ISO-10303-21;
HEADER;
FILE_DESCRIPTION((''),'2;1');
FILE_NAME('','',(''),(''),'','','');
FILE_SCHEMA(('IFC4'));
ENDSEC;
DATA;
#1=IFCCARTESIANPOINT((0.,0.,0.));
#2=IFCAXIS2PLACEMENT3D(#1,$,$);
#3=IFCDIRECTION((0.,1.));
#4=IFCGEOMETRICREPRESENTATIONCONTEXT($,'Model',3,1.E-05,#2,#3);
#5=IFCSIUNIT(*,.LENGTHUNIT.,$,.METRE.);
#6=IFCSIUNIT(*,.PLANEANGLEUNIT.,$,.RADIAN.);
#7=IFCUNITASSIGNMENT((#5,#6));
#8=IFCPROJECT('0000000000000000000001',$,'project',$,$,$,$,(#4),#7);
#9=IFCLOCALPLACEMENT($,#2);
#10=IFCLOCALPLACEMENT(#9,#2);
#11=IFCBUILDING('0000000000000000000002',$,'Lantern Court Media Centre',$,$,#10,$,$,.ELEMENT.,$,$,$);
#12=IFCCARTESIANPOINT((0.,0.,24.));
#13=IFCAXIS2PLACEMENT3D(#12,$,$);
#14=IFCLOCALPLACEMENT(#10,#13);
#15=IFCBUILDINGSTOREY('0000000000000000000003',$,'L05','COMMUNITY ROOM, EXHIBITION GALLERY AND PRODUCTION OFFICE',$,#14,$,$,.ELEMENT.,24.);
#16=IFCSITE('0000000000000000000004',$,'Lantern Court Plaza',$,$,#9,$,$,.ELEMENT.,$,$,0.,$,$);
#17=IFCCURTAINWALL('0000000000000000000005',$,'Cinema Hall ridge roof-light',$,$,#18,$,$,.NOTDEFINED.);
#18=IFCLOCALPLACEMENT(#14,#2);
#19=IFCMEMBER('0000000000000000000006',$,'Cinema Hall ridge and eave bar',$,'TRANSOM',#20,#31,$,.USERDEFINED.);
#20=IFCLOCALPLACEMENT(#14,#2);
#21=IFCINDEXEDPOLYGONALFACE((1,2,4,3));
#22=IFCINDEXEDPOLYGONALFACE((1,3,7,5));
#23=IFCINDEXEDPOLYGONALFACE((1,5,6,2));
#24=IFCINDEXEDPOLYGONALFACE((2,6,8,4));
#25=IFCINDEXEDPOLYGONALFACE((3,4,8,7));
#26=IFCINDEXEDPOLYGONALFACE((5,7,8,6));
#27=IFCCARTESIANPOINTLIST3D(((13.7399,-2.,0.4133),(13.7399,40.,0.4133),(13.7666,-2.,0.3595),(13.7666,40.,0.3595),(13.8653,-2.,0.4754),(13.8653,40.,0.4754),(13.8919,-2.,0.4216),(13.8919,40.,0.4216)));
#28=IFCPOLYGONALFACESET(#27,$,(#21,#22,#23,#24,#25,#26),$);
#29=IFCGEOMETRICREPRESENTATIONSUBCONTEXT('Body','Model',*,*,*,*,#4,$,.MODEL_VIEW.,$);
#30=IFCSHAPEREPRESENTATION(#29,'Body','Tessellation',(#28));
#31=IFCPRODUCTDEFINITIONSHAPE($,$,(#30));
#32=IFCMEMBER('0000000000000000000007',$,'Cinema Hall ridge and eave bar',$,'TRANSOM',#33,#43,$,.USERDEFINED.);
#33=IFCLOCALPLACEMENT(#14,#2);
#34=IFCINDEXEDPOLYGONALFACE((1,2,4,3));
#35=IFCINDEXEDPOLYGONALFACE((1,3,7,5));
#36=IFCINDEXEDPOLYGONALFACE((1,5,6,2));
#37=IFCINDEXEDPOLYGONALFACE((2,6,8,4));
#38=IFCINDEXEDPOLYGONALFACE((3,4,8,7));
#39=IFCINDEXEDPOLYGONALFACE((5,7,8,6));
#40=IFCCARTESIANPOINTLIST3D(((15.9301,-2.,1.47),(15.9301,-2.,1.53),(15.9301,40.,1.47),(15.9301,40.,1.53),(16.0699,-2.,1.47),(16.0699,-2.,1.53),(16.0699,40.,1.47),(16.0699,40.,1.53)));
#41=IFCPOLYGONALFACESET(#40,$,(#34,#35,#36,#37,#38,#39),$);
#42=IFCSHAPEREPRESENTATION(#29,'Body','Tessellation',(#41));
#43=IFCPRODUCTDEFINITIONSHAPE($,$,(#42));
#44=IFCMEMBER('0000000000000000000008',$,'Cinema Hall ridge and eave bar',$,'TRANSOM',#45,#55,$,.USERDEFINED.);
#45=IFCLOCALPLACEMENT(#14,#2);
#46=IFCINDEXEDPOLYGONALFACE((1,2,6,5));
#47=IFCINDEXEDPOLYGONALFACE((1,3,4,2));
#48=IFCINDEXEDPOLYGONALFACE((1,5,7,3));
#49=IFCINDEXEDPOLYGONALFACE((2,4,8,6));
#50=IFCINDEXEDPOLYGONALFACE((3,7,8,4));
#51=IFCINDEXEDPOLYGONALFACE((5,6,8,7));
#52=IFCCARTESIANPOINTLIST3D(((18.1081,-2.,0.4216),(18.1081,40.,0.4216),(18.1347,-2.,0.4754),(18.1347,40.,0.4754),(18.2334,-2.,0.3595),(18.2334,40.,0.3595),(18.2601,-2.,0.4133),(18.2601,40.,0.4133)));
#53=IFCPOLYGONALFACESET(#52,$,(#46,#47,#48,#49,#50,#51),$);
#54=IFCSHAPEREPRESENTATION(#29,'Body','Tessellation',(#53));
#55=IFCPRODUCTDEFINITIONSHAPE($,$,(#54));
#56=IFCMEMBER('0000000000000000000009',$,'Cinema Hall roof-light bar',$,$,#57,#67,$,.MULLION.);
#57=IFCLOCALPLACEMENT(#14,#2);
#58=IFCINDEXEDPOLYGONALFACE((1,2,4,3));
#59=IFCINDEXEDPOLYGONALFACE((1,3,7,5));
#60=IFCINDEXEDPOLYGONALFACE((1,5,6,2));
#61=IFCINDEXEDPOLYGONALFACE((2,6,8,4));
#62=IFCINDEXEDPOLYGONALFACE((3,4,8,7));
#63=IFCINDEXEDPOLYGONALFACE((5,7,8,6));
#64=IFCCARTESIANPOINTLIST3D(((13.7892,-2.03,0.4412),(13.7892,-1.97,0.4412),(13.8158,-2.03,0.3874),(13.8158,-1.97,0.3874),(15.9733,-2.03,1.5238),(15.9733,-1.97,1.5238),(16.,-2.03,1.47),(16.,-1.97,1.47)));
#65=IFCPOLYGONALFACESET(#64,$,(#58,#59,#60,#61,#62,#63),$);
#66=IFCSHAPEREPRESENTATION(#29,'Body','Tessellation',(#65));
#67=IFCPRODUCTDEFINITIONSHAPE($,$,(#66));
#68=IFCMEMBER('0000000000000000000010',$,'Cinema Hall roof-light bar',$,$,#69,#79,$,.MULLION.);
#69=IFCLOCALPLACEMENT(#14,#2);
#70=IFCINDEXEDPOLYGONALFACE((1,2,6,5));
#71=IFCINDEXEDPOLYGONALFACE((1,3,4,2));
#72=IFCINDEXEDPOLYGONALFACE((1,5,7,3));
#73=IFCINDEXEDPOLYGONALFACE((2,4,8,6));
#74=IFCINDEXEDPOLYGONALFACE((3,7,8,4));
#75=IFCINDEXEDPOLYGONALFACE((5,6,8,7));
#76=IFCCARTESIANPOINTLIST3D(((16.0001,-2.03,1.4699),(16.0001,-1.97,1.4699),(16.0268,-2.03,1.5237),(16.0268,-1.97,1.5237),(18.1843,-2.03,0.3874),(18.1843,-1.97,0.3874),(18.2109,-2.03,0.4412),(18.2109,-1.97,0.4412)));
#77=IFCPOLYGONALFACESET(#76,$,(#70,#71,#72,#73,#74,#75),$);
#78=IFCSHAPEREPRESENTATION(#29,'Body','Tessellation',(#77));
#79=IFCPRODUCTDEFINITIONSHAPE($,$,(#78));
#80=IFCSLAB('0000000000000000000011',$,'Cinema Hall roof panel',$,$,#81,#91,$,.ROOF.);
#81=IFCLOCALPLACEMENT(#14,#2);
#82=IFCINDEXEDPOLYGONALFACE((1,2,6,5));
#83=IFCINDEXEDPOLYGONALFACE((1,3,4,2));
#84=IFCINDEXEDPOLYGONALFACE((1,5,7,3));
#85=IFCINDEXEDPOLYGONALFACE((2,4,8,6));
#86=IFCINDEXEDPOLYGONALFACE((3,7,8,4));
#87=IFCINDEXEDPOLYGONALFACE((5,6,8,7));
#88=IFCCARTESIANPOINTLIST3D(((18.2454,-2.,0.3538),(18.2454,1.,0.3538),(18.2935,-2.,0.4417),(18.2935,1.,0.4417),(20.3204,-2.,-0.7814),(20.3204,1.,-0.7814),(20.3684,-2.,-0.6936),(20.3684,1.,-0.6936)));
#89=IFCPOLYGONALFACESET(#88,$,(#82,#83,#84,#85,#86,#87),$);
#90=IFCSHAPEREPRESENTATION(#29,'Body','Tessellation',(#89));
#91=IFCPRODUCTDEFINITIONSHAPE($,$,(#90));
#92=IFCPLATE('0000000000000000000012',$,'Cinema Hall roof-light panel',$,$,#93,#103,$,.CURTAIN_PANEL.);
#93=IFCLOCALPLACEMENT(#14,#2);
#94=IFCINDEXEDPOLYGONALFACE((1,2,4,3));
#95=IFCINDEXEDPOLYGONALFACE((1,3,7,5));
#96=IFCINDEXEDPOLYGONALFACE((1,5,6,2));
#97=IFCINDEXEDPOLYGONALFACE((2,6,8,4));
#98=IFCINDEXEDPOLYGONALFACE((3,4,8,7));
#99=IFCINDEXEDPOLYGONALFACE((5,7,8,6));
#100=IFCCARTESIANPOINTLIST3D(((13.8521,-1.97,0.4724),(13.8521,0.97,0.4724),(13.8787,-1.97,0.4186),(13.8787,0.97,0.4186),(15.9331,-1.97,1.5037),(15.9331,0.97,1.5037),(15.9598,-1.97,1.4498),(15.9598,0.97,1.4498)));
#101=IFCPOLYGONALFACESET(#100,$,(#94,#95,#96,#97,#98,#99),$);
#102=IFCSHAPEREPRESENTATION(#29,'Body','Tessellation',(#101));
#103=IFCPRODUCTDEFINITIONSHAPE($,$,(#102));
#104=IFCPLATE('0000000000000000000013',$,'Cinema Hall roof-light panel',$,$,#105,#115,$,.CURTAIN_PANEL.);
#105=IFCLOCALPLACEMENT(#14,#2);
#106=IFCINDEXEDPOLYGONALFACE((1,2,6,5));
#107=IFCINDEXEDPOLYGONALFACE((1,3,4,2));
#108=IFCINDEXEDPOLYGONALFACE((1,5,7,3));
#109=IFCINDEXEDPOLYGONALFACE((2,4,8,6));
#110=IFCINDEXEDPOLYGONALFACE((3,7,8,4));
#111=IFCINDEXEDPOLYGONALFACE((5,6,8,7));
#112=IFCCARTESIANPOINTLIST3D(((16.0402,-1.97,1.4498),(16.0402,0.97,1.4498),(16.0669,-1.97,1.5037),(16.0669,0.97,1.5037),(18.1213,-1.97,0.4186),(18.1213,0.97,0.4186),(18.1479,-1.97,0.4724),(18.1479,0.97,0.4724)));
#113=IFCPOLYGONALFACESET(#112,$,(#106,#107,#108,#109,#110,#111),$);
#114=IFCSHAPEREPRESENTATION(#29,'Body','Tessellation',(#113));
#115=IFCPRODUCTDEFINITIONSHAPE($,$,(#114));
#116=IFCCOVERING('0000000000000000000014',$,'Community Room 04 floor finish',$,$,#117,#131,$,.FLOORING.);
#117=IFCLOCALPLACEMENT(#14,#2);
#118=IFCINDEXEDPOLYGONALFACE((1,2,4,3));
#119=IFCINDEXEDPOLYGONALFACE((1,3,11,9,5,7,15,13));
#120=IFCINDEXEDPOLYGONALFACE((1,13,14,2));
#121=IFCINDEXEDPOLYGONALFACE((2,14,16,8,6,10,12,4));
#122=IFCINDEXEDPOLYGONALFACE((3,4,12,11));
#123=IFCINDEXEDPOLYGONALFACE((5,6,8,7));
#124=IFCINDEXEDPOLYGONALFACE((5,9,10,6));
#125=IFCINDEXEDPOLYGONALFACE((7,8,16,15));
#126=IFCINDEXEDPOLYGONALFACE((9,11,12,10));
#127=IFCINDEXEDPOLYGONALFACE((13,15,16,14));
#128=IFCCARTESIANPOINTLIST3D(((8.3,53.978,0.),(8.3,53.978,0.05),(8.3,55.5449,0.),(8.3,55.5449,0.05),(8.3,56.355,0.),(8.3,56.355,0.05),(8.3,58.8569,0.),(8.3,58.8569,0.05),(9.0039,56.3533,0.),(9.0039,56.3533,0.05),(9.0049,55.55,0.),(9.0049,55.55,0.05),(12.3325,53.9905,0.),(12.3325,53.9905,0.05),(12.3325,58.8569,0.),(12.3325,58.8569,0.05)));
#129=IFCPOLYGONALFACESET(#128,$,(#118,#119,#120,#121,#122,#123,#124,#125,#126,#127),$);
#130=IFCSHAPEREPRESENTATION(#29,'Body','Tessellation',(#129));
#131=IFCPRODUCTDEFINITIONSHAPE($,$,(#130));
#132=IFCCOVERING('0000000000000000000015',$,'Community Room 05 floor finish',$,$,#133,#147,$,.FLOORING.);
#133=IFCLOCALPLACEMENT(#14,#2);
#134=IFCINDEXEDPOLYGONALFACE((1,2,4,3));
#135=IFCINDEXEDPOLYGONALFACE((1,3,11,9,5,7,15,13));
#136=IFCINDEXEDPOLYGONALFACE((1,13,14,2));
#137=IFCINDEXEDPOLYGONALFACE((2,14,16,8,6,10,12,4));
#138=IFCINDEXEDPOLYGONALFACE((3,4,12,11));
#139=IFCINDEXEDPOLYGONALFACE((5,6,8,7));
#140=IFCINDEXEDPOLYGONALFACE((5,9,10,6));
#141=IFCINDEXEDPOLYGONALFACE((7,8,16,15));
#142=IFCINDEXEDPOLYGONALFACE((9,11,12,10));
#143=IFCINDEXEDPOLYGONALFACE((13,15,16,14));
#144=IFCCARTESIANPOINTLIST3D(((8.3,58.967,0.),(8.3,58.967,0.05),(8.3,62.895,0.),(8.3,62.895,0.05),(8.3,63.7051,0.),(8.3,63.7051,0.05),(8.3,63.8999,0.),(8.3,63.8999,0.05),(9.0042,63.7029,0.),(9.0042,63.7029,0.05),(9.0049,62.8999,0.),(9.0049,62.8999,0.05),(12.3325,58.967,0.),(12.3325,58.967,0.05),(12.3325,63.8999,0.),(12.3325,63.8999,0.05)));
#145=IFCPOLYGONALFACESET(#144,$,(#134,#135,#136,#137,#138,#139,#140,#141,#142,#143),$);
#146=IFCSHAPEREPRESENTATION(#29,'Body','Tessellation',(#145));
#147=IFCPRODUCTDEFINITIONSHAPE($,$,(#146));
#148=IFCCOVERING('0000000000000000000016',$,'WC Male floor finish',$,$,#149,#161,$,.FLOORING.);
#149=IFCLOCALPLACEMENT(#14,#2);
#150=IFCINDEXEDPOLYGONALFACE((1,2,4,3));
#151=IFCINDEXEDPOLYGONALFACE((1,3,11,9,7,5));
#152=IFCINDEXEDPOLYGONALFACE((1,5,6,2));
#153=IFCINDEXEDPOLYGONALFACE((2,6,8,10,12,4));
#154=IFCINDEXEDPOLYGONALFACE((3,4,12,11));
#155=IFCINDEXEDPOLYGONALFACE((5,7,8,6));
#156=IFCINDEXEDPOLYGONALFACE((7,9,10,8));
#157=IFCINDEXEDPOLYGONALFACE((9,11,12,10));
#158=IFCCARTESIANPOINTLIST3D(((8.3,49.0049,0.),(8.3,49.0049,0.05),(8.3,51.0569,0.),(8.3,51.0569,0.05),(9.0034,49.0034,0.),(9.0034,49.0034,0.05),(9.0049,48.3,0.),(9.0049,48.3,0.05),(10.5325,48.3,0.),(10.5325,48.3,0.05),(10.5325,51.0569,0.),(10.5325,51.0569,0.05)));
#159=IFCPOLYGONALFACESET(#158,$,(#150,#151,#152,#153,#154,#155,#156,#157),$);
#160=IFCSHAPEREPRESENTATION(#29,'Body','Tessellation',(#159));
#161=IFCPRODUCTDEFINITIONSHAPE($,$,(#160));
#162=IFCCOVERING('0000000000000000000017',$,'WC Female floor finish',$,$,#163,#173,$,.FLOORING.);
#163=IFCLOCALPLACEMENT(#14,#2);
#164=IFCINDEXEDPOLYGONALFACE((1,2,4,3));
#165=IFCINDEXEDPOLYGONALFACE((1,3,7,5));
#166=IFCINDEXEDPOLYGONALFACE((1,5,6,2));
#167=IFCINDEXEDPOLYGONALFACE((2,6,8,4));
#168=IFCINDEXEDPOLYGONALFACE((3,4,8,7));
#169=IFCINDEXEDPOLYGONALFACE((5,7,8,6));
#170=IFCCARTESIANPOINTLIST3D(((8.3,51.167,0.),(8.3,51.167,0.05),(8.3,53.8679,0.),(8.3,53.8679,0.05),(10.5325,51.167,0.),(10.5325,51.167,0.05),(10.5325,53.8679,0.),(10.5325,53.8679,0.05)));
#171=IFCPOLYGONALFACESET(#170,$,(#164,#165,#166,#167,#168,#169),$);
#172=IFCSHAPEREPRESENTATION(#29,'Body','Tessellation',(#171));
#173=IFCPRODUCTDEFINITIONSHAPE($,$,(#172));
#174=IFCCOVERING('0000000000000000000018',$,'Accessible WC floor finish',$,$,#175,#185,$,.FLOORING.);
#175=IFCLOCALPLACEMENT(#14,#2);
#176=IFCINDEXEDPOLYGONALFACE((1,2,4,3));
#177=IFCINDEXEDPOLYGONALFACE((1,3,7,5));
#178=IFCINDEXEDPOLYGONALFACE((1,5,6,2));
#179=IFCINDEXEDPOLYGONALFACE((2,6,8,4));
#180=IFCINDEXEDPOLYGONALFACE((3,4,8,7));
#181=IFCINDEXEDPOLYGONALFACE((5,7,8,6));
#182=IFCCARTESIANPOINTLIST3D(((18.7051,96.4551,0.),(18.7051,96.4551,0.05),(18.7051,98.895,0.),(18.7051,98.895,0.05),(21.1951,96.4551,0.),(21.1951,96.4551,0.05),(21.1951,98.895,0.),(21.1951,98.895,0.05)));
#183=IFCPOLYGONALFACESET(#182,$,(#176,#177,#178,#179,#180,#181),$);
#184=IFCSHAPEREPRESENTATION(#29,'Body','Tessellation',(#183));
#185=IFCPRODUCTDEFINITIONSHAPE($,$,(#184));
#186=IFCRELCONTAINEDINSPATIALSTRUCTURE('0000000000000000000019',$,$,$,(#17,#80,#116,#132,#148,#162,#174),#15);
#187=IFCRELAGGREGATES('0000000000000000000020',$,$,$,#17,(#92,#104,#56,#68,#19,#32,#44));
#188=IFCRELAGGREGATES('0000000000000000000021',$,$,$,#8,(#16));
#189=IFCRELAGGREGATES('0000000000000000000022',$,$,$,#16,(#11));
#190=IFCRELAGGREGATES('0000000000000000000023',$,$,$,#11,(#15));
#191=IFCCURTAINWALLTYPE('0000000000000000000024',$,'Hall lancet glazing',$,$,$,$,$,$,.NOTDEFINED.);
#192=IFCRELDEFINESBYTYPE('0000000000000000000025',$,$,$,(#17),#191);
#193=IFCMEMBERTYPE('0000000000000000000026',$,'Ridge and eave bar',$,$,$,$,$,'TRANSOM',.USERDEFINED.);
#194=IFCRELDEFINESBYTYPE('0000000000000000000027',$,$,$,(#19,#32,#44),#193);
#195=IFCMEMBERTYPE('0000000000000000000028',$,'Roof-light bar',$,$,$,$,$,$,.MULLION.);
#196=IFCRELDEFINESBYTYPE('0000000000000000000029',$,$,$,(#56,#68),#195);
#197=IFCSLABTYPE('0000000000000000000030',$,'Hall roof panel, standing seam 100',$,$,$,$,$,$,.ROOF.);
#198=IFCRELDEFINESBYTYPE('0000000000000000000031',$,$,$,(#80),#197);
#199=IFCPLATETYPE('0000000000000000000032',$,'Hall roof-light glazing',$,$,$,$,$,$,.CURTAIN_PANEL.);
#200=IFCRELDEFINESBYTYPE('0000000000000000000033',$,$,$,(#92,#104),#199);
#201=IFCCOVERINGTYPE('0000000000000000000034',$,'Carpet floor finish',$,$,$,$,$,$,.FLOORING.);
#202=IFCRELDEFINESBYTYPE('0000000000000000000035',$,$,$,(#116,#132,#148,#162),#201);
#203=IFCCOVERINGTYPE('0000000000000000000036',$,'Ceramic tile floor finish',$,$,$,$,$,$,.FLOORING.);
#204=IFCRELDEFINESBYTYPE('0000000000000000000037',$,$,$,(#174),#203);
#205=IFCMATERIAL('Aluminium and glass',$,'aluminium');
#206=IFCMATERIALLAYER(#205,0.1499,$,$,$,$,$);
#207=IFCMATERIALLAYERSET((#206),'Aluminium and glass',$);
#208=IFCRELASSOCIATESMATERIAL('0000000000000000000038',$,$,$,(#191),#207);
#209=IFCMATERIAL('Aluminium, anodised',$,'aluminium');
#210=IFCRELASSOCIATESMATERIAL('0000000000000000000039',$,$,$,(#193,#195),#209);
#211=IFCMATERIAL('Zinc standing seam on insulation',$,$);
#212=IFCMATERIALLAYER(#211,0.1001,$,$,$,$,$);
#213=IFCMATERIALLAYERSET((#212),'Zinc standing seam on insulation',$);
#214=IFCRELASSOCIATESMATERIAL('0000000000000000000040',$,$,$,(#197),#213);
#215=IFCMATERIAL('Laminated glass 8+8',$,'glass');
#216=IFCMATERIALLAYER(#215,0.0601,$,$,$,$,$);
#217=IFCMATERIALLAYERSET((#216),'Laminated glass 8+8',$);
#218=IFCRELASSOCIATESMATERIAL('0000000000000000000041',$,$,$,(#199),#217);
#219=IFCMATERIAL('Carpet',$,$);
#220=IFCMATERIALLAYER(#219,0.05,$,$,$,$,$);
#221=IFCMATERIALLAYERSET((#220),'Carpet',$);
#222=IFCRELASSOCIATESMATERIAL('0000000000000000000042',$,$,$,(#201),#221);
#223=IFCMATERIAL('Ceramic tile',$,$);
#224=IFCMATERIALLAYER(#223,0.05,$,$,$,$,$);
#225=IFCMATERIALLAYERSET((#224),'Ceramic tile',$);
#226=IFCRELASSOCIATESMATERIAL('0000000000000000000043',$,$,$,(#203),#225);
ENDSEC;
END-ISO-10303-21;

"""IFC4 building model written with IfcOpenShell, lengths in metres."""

from ifc_helpers import new_model, si_unit, direction, frame, origin, origin_2d, place, context, subcontext, project, spatial, polyline, rectangle, outline, extrude, material, layer, layer_set, material_profile, profile_set, type_object, element, aggregate, save


model = new_model("IFC4")

# Units and contexts
model_context = context("Model", 3, precision=1e-05, world=origin(), true_north=direction((0.0, 1.0)))
body_context = subcontext(model_context, "Body", "Model", "MODEL_VIEW")
ifc_project = project(units=[si_unit("LENGTHUNIT", "METRE"), si_unit("PLANEANGLEUNIT", "RADIAN")], contexts=[model_context])

# Site, building, storey
site_placement = place(None, origin())
site = spatial("IfcSite", under=ifc_project, at=site_placement, Name="Lantern Court Plaza", CompositionType="ELEMENT", RefElevation=0.0)
building_placement = place(site_placement, origin())
building = spatial("IfcBuilding", under=site, at=building_placement, Name="Lantern Court Media Centre", CompositionType="ELEMENT")
storey_placement = place(building_placement, frame((0.0, 0.0, 24.0)))
storey = spatial("IfcBuildingStorey", under=building, at=storey_placement, Name="L05", Description="COMMUNITY ROOM, EXHIBITION GALLERY AND PRODUCTION OFFICE", CompositionType="ELEMENT", Elevation=24.0)

# Curtain wall, members
ifc_material_1 = material(Name="Aluminium and glass", Category="aluminium")
ifc_layer_1 = layer(ifc_material_1, 0.1499)
ifc_layer_set_1 = layer_set([ifc_layer_1], Name="Aluminium and glass")
curtain_wall_type = type_object("IfcCurtainWallType", Name="Hall lancet glazing", PredefinedType="NOTDEFINED", material=ifc_layer_set_1)
curtain_wall_placement = place(storey_placement, origin())
curtain_wall = element("IfcCurtainWall", 1, at=curtain_wall_placement, inside=storey, type_object=curtain_wall_type, Name="Cinema Hall ridge roof-light", PredefinedType="NOTDEFINED")
ifc_material_2 = material(Name="Aluminium, anodised", Category="aluminium")
ifc_material_profile_1 = material_profile(ifc_material_2, rectangle(XDim=0.1399, YDim=0.0601, at=origin_2d()), Name="Ridge and eave bar")
ifc_profile_set_1 = profile_set([ifc_material_profile_1], Name="Aluminium, anodised")
member_type_1 = type_object("IfcMemberType", Name="Ridge and eave bar", ElementType="TRANSOM", PredefinedType="USERDEFINED", material=ifc_profile_set_1)
member_1_placement = place(storey_placement, frame((13.8159, -2.0, 0.4175), z_axis=(0.0, 1.0, 0.0), x_axis=(-0.896012, 0.0, -0.444029)))
member_1 = element("IfcMember", 2, at=member_1_placement, type_object=member_type_1, Name="Cinema Hall ridge and eave bar", ObjectType="TRANSOM", PredefinedType="USERDEFINED", context=body_context, shape_type="SweptSolid", body=[
    extrude(rectangle(XDim=0.1399, YDim=0.0601, at=origin_2d()), origin(), (0.0, 0.0, 1.0), 42.0),
])
member_2_placement = place(storey_placement, frame((16.0, -2.0, 1.5), z_axis=(0.0, 1.0, 0.0), x_axis=(-1.0, 0.0, 0.0)))
member_2 = element("IfcMember", 3, at=member_2_placement, type_object=member_type_1, Name="Cinema Hall ridge and eave bar", ObjectType="TRANSOM", PredefinedType="USERDEFINED", context=body_context, shape_type="SweptSolid", body=[
    extrude(rectangle(XDim=0.1399, YDim=0.0601, at=origin_2d()), origin(), (0.0, 0.0, 1.0), 42.0),
])
member_3_placement = place(storey_placement, frame((18.1841, -2.0, 0.4175), z_axis=(0.0, 1.0, 0.0), x_axis=(-0.896012, 0.0, 0.444029)))
member_3 = element("IfcMember", 4, at=member_3_placement, type_object=member_type_1, Name="Cinema Hall ridge and eave bar", ObjectType="TRANSOM", PredefinedType="USERDEFINED", context=body_context, shape_type="SweptSolid", body=[
    extrude(rectangle(XDim=0.1399, YDim=0.0601, at=origin_2d()), origin(), (0.0, 0.0, 1.0), 42.0),
])
ifc_material_profile_2 = material_profile(ifc_material_2, rectangle(XDim=0.0601, YDim=0.0601, at=origin_2d()), Name="Roof-light bar")
ifc_profile_set_2 = profile_set([ifc_material_profile_2], Name="Aluminium, anodised")
member_type_2 = type_object("IfcMemberType", Name="Roof-light bar", PredefinedType="MULLION", material=ifc_profile_set_2)
member_4_placement = place(storey_placement, frame((13.8025, -2.0, 0.4143), z_axis=(0.895984, 0.0, 0.444086), x_axis=(0.0, 1.0, 0.0)))
member_4 = element("IfcMember", 5, at=member_4_placement, type_object=member_type_2, Name="Cinema Hall roof-light bar", PredefinedType="MULLION", context=body_context, shape_type="SweptSolid", body=[
    extrude(rectangle(XDim=0.0601, YDim=0.0601, at=origin_2d()), origin(), (0.0, 0.0, 1.0), 2.4377),
])
member_5_placement = place(storey_placement, frame((16.0134, -2.0, 1.4968), z_axis=(0.895984, 0.0, -0.444086), x_axis=(0.0, 1.0, 0.0)))
member_5 = element("IfcMember", 6, at=member_5_placement, type_object=member_type_2, Name="Cinema Hall roof-light bar", PredefinedType="MULLION", context=body_context, shape_type="SweptSolid", body=[
    extrude(rectangle(XDim=0.0601, YDim=0.0601, at=origin_2d()), origin(), (0.0, 0.0, 1.0), 2.4377),
])

# Slab
ifc_material_3 = material(Name="Zinc standing seam on insulation")
ifc_layer_2 = layer(ifc_material_3, 0.1001)
ifc_layer_set_2 = layer_set([ifc_layer_2], Name="Zinc standing seam on insulation")
slab_type = type_object("IfcSlabType", Name="Hall roof panel, standing seam 100", PredefinedType="ROOF", material=ifc_layer_set_2)
slab_placement = place(storey_placement, frame((18.2935, -2.0, 0.4417), z_axis=(0.47998, 0.0, 0.877279), x_axis=(0.877279, 0.0, -0.47998)))
element("IfcSlab", 7, at=slab_placement, inside=storey, type_object=slab_type, Name="Cinema Hall roof panel", PredefinedType="ROOF", context=body_context, shape_type="SweptSolid", body=[
    extrude(outline(polyline([(0.0, 0.0), (2.3652, 0.0), (2.3652, 3.0), (0.0, 3.0), (0.0, 0.0)])), origin(), (0.0, 0.0, -1.0), 0.1001),
])

# Plates
ifc_material_4 = material(Name="Laminated glass 8+8", Category="glass")
ifc_layer_3 = layer(ifc_material_4, 0.0601)
ifc_layer_set_3 = layer_set([ifc_layer_3], Name="Laminated glass 8+8")
plate_type = type_object("IfcPlateType", Name="Hall roof-light glazing", PredefinedType="CURTAIN_PANEL", material=ifc_layer_set_3)
plate_1_placement = place(storey_placement, frame((13.8521, -1.97, 0.4724), z_axis=(-0.444015, 0.0, 0.896019), x_axis=(0.896019, 0.0, 0.444015)))
plate_1 = element("IfcPlate", 8, at=plate_1_placement, type_object=plate_type, Name="Cinema Hall roof-light panel", PredefinedType="CURTAIN_PANEL", context=body_context, shape_type="SweptSolid", body=[
    extrude(outline(polyline([(0.0, 0.0), (2.3226, 0.0), (2.3226, 2.9399), (0.0, 2.9399), (0.0, 0.0)])), origin(), (0.0, 0.0, -1.0), 0.0601),
])
plate_2_placement = place(storey_placement, frame((16.0669, -1.97, 1.5037), z_axis=(0.444015, 0.0, 0.896019), x_axis=(0.896019, 0.0, -0.444015)))
plate_2 = element("IfcPlate", 9, at=plate_2_placement, type_object=plate_type, Name="Cinema Hall roof-light panel", PredefinedType="CURTAIN_PANEL", context=body_context, shape_type="SweptSolid", body=[
    extrude(outline(polyline([(0.0, 0.0), (2.3226, 0.0), (2.3226, 2.9399), (0.0, 2.9399), (0.0, 0.0)])), origin(), (0.0, 0.0, -1.0), 0.0601),
])
aggregate(curtain_wall, [plate_1, plate_2, member_4, member_5, member_1, member_2, member_3])

# Coverings
ifc_material_5 = material(Name="Carpet")
ifc_layer_4 = layer(ifc_material_5, 0.05)
ifc_layer_set_4 = layer_set([ifc_layer_4], Name="Carpet")
covering_type_1 = type_object("IfcCoveringType", Name="Carpet floor finish", PredefinedType="FLOORING", material=ifc_layer_set_4)
covering_1_placement = place(storey_placement, origin())
element("IfcCovering", 10, at=covering_1_placement, inside=storey, type_object=covering_type_1, Name="Community Room 04 floor finish", PredefinedType="FLOORING", context=body_context, shape_type="SweptSolid", body=[
    extrude(outline(polyline([(8.3, 58.8569), (12.3325, 58.8569), (12.3325, 53.9905), (8.3, 53.978), (8.3, 55.5449), (9.0049, 55.55), (9.0039, 56.3533), (8.3, 56.355), (8.3, 58.8569)])), origin(), (0.0, 0.0, 1.0), 0.05),
])
covering_2_placement = place(storey_placement, origin())
element("IfcCovering", 11, at=covering_2_placement, inside=storey, type_object=covering_type_1, Name="Community Room 05 floor finish", PredefinedType="FLOORING", context=body_context, shape_type="SweptSolid", body=[
    extrude(outline(polyline([(8.3, 63.8999), (12.3325, 63.8999), (12.3325, 58.967), (8.3, 58.967), (8.3, 62.895), (9.0049, 62.8999), (9.0042, 63.7029), (8.3, 63.7051), (8.3, 63.8999)])), origin(), (0.0, 0.0, 1.0), 0.05),
])
covering_3_placement = place(storey_placement, origin())
element("IfcCovering", 12, at=covering_3_placement, inside=storey, type_object=covering_type_1, Name="WC Male floor finish", PredefinedType="FLOORING", context=body_context, shape_type="SweptSolid", body=[
    extrude(outline(polyline([(8.3, 51.0569), (10.5325, 51.0569), (10.5325, 48.3), (9.0049, 48.3), (9.0034, 49.0034), (8.3, 49.0049), (8.3, 51.0569)])), origin(), (0.0, 0.0, 1.0), 0.05),
])
covering_4_placement = place(storey_placement, origin())
element("IfcCovering", 13, at=covering_4_placement, inside=storey, type_object=covering_type_1, Name="WC Female floor finish", PredefinedType="FLOORING", context=body_context, shape_type="SweptSolid", body=[
    extrude(outline(polyline([(8.3, 53.8679), (10.5325, 53.8679), (10.5325, 51.167), (8.3, 51.167), (8.3, 53.8679)])), origin(), (0.0, 0.0, 1.0), 0.05),
])
ifc_material_6 = material(Name="Ceramic tile")
ifc_layer_5 = layer(ifc_material_6, 0.05)
ifc_layer_set_5 = layer_set([ifc_layer_5], Name="Ceramic tile")
covering_type_2 = type_object("IfcCoveringType", Name="Ceramic tile floor finish", PredefinedType="FLOORING", material=ifc_layer_set_5)
covering_5_placement = place(storey_placement, origin())
element("IfcCovering", 14, at=covering_5_placement, inside=storey, type_object=covering_type_2, Name="Accessible WC floor finish", PredefinedType="FLOORING", context=body_context, shape_type="SweptSolid", body=[
    extrude(outline(polyline([(18.7051, 96.4551), (18.7051, 98.895), (21.1951, 98.895), (21.1951, 96.4551), (18.7051, 96.4551)])), origin(), (0.0, 0.0, 1.0), 0.05),
])

save(model, "model.ifc")
